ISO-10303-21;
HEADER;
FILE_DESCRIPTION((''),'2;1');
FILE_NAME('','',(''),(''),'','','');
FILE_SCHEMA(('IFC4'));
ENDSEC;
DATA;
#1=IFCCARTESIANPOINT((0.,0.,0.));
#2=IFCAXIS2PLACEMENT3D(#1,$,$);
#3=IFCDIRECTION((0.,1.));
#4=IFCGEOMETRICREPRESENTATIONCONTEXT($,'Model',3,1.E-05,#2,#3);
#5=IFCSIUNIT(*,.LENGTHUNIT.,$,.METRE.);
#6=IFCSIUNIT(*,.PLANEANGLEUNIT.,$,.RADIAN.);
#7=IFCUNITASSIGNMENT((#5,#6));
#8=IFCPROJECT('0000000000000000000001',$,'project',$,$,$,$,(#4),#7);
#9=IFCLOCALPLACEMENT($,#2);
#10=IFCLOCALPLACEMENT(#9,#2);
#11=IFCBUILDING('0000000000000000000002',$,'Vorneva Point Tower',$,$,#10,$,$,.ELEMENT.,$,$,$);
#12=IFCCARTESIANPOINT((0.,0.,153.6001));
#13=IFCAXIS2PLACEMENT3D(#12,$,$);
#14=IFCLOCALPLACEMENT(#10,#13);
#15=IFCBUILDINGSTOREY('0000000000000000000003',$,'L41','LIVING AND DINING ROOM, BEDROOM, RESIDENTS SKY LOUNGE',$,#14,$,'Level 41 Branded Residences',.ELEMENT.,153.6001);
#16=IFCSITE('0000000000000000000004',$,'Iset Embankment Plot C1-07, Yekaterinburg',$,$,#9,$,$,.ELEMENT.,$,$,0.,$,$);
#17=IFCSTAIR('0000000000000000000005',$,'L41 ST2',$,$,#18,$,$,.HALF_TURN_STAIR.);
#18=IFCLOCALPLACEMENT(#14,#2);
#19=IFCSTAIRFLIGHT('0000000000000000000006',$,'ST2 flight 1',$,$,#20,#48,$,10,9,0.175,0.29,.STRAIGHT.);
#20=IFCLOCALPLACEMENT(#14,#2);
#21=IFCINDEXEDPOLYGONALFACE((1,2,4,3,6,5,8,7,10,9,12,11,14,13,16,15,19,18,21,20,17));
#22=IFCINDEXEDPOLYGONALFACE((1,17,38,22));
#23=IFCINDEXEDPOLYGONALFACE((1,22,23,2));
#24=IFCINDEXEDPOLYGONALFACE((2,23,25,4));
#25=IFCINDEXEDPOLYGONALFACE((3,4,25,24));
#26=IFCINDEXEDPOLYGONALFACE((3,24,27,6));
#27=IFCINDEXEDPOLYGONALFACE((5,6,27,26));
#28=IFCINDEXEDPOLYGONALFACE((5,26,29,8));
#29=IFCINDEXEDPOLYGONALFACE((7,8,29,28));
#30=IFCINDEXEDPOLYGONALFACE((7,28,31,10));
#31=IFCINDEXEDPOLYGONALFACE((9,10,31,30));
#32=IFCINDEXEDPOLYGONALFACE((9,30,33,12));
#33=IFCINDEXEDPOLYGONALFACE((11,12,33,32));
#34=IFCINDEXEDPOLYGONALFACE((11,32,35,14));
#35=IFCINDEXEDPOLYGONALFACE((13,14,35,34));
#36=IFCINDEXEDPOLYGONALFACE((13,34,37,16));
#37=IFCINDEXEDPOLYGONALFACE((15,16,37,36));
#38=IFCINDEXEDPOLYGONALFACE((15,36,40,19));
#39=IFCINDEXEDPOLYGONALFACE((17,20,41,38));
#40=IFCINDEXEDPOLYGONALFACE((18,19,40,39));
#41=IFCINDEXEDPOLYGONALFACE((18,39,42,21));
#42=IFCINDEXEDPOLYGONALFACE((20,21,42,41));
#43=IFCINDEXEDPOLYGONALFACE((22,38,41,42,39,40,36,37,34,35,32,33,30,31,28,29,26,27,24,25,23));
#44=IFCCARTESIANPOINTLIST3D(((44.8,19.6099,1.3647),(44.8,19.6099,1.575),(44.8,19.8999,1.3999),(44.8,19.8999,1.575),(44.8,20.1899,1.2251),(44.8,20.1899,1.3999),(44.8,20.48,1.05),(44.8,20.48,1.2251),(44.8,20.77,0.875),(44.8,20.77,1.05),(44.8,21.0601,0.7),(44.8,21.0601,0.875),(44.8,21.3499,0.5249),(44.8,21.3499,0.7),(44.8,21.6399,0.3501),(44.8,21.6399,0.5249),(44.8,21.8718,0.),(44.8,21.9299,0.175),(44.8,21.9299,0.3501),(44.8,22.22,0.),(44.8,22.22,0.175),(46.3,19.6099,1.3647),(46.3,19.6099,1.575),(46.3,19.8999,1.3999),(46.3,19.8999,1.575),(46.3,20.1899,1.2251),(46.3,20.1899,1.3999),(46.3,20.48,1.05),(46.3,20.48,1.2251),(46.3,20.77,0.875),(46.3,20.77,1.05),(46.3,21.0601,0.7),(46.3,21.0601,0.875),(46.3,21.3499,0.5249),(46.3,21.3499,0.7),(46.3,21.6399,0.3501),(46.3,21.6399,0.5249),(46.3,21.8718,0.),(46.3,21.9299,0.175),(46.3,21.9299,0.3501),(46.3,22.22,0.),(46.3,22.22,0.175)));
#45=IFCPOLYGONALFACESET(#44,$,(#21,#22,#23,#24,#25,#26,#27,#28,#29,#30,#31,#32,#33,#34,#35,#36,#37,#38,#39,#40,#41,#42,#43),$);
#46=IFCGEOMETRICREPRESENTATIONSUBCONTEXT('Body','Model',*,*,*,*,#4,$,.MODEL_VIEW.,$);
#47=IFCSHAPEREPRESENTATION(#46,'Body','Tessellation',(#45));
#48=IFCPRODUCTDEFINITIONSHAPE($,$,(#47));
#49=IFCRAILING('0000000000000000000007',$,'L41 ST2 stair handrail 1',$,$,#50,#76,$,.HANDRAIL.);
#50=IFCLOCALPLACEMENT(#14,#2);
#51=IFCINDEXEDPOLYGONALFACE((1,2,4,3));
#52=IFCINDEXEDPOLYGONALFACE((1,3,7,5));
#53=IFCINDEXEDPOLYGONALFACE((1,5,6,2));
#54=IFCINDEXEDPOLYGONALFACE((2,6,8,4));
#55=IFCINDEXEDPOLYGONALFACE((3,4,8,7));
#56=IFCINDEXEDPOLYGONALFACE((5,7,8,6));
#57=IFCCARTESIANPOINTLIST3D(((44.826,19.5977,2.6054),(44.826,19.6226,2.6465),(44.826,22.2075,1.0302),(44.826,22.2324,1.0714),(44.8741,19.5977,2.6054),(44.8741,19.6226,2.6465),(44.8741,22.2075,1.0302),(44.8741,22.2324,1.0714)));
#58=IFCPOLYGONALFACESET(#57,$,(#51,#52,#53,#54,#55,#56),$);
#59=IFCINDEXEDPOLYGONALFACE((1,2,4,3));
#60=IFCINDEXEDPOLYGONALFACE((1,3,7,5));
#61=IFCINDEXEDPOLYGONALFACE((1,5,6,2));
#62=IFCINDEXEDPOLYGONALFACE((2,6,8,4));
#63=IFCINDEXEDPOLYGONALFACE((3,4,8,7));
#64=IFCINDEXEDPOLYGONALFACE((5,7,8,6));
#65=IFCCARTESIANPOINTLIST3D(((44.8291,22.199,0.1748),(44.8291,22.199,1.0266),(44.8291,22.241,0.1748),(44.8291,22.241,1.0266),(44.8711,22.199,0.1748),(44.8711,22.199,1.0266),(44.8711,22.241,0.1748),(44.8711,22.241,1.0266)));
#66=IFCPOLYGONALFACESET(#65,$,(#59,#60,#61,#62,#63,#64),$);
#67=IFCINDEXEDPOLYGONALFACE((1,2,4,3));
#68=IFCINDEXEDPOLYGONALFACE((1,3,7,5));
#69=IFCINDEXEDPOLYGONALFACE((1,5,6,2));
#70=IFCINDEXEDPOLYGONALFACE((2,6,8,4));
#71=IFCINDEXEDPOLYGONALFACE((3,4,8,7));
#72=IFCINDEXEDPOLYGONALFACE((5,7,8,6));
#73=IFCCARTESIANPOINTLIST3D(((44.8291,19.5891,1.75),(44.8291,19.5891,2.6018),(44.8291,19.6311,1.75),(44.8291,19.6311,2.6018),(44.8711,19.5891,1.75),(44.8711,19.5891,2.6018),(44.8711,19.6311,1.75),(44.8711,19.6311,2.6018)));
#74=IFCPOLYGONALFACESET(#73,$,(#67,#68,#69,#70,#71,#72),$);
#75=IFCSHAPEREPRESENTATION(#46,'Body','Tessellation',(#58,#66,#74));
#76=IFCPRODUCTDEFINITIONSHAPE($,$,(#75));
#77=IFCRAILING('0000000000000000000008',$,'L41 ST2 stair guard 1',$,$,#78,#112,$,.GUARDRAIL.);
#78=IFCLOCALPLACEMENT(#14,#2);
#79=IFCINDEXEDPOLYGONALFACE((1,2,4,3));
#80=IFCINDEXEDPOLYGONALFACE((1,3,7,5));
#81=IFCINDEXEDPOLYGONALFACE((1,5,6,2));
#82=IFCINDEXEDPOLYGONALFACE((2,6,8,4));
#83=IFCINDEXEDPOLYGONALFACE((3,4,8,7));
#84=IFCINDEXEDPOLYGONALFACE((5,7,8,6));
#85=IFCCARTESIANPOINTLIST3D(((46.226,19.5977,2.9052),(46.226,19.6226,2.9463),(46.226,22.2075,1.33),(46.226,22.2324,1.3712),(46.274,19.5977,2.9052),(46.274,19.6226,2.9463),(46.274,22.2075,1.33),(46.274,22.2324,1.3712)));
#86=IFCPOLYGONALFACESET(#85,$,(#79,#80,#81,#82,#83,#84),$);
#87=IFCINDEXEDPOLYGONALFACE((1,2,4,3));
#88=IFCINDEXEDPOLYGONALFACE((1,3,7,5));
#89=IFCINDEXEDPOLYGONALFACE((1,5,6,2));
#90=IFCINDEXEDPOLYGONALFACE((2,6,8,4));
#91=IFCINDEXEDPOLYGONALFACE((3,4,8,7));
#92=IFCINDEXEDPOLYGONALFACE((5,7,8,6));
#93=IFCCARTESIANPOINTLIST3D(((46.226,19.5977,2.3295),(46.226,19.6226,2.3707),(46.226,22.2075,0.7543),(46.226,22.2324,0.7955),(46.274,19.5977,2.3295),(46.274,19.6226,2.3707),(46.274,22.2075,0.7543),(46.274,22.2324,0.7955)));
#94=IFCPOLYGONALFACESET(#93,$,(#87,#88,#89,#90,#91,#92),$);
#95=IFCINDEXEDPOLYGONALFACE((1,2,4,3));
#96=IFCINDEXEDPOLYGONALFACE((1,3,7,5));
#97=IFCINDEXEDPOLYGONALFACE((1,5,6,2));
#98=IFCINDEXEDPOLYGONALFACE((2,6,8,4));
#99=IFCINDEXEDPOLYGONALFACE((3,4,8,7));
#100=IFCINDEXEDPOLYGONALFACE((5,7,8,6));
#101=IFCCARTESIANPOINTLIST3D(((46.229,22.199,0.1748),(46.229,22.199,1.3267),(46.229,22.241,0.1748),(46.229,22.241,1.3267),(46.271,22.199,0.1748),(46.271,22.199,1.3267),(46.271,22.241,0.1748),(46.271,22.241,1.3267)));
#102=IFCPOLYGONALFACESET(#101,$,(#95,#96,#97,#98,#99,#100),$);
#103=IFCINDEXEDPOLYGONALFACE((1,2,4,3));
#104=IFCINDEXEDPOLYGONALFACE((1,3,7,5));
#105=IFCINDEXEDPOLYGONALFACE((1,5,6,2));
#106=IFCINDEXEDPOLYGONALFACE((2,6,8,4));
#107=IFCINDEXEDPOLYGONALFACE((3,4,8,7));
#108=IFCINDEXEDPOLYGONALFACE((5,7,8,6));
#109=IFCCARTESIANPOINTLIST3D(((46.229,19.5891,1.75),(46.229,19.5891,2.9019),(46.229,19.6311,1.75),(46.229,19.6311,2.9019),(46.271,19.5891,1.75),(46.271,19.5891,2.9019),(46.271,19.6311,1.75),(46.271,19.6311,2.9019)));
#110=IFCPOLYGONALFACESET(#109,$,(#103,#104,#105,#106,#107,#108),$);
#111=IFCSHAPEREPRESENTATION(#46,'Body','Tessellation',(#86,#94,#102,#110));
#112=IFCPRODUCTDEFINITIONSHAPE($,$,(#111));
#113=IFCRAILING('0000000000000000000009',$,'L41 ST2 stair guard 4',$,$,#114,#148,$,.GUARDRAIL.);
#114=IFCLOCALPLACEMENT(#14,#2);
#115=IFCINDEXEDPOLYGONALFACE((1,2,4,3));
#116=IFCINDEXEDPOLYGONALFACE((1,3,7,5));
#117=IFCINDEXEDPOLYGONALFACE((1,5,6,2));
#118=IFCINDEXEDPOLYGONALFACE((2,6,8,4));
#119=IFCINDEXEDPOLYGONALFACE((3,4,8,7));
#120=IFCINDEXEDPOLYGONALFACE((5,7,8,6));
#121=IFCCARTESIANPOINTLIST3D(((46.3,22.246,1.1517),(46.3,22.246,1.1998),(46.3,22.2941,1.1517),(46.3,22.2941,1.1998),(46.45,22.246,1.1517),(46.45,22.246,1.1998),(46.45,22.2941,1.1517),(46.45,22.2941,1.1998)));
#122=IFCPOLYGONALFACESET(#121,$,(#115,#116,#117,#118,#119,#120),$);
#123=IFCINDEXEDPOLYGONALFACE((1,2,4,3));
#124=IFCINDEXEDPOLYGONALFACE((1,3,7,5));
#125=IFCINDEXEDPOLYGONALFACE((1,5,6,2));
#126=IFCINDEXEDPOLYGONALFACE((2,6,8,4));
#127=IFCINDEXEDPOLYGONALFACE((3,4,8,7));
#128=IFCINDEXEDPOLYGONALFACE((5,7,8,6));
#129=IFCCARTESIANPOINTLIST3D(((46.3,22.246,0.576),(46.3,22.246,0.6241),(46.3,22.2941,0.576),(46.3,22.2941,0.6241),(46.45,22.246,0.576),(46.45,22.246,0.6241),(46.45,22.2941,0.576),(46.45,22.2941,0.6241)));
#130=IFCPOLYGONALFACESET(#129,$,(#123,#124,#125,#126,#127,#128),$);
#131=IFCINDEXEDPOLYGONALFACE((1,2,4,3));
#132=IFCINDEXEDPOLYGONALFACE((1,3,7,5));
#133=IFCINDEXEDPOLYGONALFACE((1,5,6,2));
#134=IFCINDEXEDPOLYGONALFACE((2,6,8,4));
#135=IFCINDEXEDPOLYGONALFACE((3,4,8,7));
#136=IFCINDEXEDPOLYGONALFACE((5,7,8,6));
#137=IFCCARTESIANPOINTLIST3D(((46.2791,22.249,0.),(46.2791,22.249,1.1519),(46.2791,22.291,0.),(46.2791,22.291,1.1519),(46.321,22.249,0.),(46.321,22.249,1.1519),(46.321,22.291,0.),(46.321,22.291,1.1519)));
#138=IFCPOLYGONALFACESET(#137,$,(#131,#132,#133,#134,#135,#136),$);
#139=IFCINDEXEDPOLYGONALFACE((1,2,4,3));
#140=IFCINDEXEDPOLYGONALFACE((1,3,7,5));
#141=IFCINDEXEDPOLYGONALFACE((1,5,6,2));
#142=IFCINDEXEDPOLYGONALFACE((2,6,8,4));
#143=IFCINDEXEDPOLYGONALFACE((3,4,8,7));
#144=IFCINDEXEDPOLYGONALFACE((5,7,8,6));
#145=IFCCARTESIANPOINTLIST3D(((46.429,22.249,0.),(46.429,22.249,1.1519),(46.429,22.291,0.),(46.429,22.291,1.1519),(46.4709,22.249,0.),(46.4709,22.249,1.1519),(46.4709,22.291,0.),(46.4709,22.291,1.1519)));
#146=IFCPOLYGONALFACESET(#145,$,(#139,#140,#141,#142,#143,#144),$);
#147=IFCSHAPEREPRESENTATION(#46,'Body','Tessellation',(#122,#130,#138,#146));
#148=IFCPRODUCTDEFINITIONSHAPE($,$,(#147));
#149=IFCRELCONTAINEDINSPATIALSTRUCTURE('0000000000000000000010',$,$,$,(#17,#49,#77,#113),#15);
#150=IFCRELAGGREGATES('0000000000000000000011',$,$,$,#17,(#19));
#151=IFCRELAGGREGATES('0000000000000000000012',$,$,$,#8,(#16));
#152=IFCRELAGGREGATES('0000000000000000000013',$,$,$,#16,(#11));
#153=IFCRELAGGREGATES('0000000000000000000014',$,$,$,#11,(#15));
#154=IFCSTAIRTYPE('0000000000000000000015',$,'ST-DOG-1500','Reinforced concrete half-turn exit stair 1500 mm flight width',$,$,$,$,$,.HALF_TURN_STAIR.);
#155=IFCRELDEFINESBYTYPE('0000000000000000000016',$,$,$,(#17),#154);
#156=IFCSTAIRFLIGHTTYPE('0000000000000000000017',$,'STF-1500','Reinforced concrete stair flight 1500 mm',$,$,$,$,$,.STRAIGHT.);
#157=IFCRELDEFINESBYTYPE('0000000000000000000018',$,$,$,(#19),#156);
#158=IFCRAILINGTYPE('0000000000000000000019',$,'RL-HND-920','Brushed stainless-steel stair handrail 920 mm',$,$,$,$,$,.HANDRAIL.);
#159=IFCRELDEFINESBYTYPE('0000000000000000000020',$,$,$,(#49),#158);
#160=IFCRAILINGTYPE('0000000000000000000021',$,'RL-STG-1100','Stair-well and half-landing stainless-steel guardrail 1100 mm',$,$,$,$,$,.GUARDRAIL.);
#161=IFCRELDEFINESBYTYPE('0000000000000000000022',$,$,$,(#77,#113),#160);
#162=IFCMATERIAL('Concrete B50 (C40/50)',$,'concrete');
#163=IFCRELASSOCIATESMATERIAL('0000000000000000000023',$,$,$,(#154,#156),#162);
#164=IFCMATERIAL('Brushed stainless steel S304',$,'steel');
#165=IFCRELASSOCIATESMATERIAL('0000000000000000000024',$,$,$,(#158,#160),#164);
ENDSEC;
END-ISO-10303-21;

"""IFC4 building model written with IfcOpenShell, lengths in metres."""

from ifc_helpers import new_model, si_unit, direction, frame, origin, origin_2d, place, context, subcontext, project, spatial, polyline, rectangle, outline, extrude, material, type_object, element, aggregate, save


model = new_model("IFC4")

# Units and contexts
model_context = context("Model", 3, precision=1e-05, world=origin(), true_north=direction((0.0, 1.0)))
body_context = subcontext(model_context, "Body", "Model", "MODEL_VIEW")
ifc_project = project(units=[si_unit("LENGTHUNIT", "METRE"), si_unit("PLANEANGLEUNIT", "RADIAN")], contexts=[model_context])

# Site, building, storey
site_placement = place(None, origin())
site = spatial("IfcSite", under=ifc_project, at=site_placement, Name="Iset Embankment Plot C1-07, Yekaterinburg", CompositionType="ELEMENT", RefElevation=0.0)
building_placement = place(site_placement, origin())
building = spatial("IfcBuilding", under=site, at=building_placement, Name="Vorneva Point Tower", CompositionType="ELEMENT")
storey_placement = place(building_placement, frame((0.0, 0.0, 153.6001)))
storey = spatial("IfcBuildingStorey", under=building, at=storey_placement, Name="L41", Description="LIVING AND DINING ROOM, BEDROOM, RESIDENTS SKY LOUNGE", LongName="Level 41 Branded Residences", CompositionType="ELEMENT", Elevation=153.6001)

# Shared definitions
ifc_material_1 = material(Name="Concrete B50 (C40/50)", Category="concrete")
ifc_material_2 = material(Name="Brushed stainless steel S304", Category="steel")

# Stair, stair flight
stair_type = type_object("IfcStairType", Name="ST-DOG-1500", Description="Reinforced concrete half-turn exit stair 1500 mm flight width", PredefinedType="HALF_TURN_STAIR", material=ifc_material_1)
stair_placement = place(storey_placement, origin())
stair = element("IfcStair", 1, at=stair_placement, inside=storey, type_object=stair_type, Name="L41 ST2", PredefinedType="HALF_TURN_STAIR")
stair_flight_type = type_object("IfcStairFlightType", Name="STF-1500", Description="Reinforced concrete stair flight 1500 mm", PredefinedType="STRAIGHT", material=ifc_material_1)
stair_flight_placement = place(storey_placement, frame((45.55, 22.22, 0.0), z_axis=(0.0, 0.0, 1.0), x_axis=(0.0, -1.0, 0.0)))
stair_flight = element("IfcStairFlight", 2, at=stair_flight_placement, type_object=stair_flight_type, Name="ST2 flight 1", NumberOfRisers=10, NumberOfTreads=9, PredefinedType="STRAIGHT", RiserHeight=0.175, TreadLength=0.29, context=body_context, shape_type="SweptSolid", body=[
    extrude(outline(polyline([(0.0, 0.0), (0.0, 0.175), (0.29, 0.175), (0.29, 0.3501), (0.5801, 0.3501), (0.5801, 0.5249), (0.8701, 0.5249), (0.8701, 0.7), (1.1599, 0.7), (1.1599, 0.875), (1.45, 0.875), (1.45, 1.05), (1.74, 1.05), (1.74, 1.2251), (2.03, 1.2251), (2.03, 1.3999), (2.3201, 1.3999), (2.3201, 1.575), (2.6101, 1.575), (2.6101, 1.75), (2.6101, 1.3647), (0.3481, 0.0), (0.0, 0.0)])), frame((0.0, 0.75, 0.0), z_axis=(0.0, -1.0, 0.0), x_axis=(1.0, 0.0, 0.0)), (0.0, 0.0, 1.0), 1.5),
])
aggregate(stair, [stair_flight])

# Railings
railing_type_1 = type_object("IfcRailingType", Name="RL-HND-920", Description="Brushed stainless-steel stair handrail 920 mm", PredefinedType="HANDRAIL", material=ifc_material_2)
railing_1_placement = place(storey_placement, frame((44.8501, 22.22, 0.1748)))
element("IfcRailing", 3, at=railing_1_placement, inside=storey, type_object=railing_type_1, Name="L41 ST2 stair handrail 1", PredefinedType="HANDRAIL", context=body_context, shape_type="SweptSolid", body=[
    extrude(rectangle(XDim=0.0481, YDim=0.0481, at=origin_2d()), frame((0.0, 0.0, 0.876), z_axis=(0.0, -0.856147, 0.516732), x_axis=(1.0, 0.0, 0.0)), (0.0, 0.0, 1.0), 3.0483),
    extrude(rectangle(XDim=0.042, YDim=0.042, at=origin_2d()), origin(), (0.0, 0.0, 1.0), 0.8518),
    extrude(rectangle(XDim=0.042, YDim=0.042, at=origin_2d()), frame((0.0, -2.6099, 1.5752)), (0.0, 0.0, 1.0), 0.8518),
])
railing_type_2 = type_object("IfcRailingType", Name="RL-STG-1100", Description="Stair-well and half-landing stainless-steel guardrail 1100 mm", PredefinedType="GUARDRAIL", material=ifc_material_2)
railing_2_placement = place(storey_placement, frame((46.25, 22.22, 0.1748)))
element("IfcRailing", 4, at=railing_2_placement, inside=storey, type_object=railing_type_2, Name="L41 ST2 stair guard 1", PredefinedType="GUARDRAIL", context=body_context, shape_type="SweptSolid", body=[
    extrude(rectangle(XDim=0.0481, YDim=0.0481, at=origin_2d()), frame((0.0, 0.0, 1.1758), z_axis=(0.0, -0.856147, 0.516732), x_axis=(1.0, 0.0, 0.0)), (0.0, 0.0, 1.0), 3.0483),
    extrude(rectangle(XDim=0.0481, YDim=0.0481, at=origin_2d()), frame((0.0, 0.0, 0.6001), z_axis=(0.0, -0.856147, 0.516732), x_axis=(1.0, 0.0, 0.0)), (0.0, 0.0, 1.0), 3.0483),
    extrude(rectangle(XDim=0.042, YDim=0.042, at=origin_2d()), origin(), (0.0, 0.0, 1.0), 1.1519),
    extrude(rectangle(XDim=0.042, YDim=0.042, at=origin_2d()), frame((0.0, -2.6099, 1.5752)), (0.0, 0.0, 1.0), 1.1519),
])
railing_3_placement = place(storey_placement, frame((46.3, 22.27, 0.0)))
element("IfcRailing", 5, at=railing_3_placement, inside=storey, type_object=railing_type_2, Name="L41 ST2 stair guard 4", PredefinedType="GUARDRAIL", context=body_context, shape_type="SweptSolid", body=[
    extrude(rectangle(XDim=0.0481, YDim=0.0481, at=origin_2d()), frame((0.0, 0.0, 1.1758), z_axis=(1.0, 0.0, 0.0), x_axis=(0.0, 1.0, 0.0)), (0.0, 0.0, 1.0), 0.1499),
    extrude(rectangle(XDim=0.0481, YDim=0.0481, at=origin_2d()), frame((0.0, 0.0, 0.6001), z_axis=(1.0, 0.0, 0.0), x_axis=(0.0, 1.0, 0.0)), (0.0, 0.0, 1.0), 0.1499),
    extrude(rectangle(XDim=0.042, YDim=0.042, at=origin_2d()), origin(), (0.0, 0.0, 1.0), 1.1519),
    extrude(rectangle(XDim=0.042, YDim=0.042, at=origin_2d()), frame((0.1499, 0.0, 0.0)), (0.0, 0.0, 1.0), 1.1519),
])

save(model, "model.ifc")
